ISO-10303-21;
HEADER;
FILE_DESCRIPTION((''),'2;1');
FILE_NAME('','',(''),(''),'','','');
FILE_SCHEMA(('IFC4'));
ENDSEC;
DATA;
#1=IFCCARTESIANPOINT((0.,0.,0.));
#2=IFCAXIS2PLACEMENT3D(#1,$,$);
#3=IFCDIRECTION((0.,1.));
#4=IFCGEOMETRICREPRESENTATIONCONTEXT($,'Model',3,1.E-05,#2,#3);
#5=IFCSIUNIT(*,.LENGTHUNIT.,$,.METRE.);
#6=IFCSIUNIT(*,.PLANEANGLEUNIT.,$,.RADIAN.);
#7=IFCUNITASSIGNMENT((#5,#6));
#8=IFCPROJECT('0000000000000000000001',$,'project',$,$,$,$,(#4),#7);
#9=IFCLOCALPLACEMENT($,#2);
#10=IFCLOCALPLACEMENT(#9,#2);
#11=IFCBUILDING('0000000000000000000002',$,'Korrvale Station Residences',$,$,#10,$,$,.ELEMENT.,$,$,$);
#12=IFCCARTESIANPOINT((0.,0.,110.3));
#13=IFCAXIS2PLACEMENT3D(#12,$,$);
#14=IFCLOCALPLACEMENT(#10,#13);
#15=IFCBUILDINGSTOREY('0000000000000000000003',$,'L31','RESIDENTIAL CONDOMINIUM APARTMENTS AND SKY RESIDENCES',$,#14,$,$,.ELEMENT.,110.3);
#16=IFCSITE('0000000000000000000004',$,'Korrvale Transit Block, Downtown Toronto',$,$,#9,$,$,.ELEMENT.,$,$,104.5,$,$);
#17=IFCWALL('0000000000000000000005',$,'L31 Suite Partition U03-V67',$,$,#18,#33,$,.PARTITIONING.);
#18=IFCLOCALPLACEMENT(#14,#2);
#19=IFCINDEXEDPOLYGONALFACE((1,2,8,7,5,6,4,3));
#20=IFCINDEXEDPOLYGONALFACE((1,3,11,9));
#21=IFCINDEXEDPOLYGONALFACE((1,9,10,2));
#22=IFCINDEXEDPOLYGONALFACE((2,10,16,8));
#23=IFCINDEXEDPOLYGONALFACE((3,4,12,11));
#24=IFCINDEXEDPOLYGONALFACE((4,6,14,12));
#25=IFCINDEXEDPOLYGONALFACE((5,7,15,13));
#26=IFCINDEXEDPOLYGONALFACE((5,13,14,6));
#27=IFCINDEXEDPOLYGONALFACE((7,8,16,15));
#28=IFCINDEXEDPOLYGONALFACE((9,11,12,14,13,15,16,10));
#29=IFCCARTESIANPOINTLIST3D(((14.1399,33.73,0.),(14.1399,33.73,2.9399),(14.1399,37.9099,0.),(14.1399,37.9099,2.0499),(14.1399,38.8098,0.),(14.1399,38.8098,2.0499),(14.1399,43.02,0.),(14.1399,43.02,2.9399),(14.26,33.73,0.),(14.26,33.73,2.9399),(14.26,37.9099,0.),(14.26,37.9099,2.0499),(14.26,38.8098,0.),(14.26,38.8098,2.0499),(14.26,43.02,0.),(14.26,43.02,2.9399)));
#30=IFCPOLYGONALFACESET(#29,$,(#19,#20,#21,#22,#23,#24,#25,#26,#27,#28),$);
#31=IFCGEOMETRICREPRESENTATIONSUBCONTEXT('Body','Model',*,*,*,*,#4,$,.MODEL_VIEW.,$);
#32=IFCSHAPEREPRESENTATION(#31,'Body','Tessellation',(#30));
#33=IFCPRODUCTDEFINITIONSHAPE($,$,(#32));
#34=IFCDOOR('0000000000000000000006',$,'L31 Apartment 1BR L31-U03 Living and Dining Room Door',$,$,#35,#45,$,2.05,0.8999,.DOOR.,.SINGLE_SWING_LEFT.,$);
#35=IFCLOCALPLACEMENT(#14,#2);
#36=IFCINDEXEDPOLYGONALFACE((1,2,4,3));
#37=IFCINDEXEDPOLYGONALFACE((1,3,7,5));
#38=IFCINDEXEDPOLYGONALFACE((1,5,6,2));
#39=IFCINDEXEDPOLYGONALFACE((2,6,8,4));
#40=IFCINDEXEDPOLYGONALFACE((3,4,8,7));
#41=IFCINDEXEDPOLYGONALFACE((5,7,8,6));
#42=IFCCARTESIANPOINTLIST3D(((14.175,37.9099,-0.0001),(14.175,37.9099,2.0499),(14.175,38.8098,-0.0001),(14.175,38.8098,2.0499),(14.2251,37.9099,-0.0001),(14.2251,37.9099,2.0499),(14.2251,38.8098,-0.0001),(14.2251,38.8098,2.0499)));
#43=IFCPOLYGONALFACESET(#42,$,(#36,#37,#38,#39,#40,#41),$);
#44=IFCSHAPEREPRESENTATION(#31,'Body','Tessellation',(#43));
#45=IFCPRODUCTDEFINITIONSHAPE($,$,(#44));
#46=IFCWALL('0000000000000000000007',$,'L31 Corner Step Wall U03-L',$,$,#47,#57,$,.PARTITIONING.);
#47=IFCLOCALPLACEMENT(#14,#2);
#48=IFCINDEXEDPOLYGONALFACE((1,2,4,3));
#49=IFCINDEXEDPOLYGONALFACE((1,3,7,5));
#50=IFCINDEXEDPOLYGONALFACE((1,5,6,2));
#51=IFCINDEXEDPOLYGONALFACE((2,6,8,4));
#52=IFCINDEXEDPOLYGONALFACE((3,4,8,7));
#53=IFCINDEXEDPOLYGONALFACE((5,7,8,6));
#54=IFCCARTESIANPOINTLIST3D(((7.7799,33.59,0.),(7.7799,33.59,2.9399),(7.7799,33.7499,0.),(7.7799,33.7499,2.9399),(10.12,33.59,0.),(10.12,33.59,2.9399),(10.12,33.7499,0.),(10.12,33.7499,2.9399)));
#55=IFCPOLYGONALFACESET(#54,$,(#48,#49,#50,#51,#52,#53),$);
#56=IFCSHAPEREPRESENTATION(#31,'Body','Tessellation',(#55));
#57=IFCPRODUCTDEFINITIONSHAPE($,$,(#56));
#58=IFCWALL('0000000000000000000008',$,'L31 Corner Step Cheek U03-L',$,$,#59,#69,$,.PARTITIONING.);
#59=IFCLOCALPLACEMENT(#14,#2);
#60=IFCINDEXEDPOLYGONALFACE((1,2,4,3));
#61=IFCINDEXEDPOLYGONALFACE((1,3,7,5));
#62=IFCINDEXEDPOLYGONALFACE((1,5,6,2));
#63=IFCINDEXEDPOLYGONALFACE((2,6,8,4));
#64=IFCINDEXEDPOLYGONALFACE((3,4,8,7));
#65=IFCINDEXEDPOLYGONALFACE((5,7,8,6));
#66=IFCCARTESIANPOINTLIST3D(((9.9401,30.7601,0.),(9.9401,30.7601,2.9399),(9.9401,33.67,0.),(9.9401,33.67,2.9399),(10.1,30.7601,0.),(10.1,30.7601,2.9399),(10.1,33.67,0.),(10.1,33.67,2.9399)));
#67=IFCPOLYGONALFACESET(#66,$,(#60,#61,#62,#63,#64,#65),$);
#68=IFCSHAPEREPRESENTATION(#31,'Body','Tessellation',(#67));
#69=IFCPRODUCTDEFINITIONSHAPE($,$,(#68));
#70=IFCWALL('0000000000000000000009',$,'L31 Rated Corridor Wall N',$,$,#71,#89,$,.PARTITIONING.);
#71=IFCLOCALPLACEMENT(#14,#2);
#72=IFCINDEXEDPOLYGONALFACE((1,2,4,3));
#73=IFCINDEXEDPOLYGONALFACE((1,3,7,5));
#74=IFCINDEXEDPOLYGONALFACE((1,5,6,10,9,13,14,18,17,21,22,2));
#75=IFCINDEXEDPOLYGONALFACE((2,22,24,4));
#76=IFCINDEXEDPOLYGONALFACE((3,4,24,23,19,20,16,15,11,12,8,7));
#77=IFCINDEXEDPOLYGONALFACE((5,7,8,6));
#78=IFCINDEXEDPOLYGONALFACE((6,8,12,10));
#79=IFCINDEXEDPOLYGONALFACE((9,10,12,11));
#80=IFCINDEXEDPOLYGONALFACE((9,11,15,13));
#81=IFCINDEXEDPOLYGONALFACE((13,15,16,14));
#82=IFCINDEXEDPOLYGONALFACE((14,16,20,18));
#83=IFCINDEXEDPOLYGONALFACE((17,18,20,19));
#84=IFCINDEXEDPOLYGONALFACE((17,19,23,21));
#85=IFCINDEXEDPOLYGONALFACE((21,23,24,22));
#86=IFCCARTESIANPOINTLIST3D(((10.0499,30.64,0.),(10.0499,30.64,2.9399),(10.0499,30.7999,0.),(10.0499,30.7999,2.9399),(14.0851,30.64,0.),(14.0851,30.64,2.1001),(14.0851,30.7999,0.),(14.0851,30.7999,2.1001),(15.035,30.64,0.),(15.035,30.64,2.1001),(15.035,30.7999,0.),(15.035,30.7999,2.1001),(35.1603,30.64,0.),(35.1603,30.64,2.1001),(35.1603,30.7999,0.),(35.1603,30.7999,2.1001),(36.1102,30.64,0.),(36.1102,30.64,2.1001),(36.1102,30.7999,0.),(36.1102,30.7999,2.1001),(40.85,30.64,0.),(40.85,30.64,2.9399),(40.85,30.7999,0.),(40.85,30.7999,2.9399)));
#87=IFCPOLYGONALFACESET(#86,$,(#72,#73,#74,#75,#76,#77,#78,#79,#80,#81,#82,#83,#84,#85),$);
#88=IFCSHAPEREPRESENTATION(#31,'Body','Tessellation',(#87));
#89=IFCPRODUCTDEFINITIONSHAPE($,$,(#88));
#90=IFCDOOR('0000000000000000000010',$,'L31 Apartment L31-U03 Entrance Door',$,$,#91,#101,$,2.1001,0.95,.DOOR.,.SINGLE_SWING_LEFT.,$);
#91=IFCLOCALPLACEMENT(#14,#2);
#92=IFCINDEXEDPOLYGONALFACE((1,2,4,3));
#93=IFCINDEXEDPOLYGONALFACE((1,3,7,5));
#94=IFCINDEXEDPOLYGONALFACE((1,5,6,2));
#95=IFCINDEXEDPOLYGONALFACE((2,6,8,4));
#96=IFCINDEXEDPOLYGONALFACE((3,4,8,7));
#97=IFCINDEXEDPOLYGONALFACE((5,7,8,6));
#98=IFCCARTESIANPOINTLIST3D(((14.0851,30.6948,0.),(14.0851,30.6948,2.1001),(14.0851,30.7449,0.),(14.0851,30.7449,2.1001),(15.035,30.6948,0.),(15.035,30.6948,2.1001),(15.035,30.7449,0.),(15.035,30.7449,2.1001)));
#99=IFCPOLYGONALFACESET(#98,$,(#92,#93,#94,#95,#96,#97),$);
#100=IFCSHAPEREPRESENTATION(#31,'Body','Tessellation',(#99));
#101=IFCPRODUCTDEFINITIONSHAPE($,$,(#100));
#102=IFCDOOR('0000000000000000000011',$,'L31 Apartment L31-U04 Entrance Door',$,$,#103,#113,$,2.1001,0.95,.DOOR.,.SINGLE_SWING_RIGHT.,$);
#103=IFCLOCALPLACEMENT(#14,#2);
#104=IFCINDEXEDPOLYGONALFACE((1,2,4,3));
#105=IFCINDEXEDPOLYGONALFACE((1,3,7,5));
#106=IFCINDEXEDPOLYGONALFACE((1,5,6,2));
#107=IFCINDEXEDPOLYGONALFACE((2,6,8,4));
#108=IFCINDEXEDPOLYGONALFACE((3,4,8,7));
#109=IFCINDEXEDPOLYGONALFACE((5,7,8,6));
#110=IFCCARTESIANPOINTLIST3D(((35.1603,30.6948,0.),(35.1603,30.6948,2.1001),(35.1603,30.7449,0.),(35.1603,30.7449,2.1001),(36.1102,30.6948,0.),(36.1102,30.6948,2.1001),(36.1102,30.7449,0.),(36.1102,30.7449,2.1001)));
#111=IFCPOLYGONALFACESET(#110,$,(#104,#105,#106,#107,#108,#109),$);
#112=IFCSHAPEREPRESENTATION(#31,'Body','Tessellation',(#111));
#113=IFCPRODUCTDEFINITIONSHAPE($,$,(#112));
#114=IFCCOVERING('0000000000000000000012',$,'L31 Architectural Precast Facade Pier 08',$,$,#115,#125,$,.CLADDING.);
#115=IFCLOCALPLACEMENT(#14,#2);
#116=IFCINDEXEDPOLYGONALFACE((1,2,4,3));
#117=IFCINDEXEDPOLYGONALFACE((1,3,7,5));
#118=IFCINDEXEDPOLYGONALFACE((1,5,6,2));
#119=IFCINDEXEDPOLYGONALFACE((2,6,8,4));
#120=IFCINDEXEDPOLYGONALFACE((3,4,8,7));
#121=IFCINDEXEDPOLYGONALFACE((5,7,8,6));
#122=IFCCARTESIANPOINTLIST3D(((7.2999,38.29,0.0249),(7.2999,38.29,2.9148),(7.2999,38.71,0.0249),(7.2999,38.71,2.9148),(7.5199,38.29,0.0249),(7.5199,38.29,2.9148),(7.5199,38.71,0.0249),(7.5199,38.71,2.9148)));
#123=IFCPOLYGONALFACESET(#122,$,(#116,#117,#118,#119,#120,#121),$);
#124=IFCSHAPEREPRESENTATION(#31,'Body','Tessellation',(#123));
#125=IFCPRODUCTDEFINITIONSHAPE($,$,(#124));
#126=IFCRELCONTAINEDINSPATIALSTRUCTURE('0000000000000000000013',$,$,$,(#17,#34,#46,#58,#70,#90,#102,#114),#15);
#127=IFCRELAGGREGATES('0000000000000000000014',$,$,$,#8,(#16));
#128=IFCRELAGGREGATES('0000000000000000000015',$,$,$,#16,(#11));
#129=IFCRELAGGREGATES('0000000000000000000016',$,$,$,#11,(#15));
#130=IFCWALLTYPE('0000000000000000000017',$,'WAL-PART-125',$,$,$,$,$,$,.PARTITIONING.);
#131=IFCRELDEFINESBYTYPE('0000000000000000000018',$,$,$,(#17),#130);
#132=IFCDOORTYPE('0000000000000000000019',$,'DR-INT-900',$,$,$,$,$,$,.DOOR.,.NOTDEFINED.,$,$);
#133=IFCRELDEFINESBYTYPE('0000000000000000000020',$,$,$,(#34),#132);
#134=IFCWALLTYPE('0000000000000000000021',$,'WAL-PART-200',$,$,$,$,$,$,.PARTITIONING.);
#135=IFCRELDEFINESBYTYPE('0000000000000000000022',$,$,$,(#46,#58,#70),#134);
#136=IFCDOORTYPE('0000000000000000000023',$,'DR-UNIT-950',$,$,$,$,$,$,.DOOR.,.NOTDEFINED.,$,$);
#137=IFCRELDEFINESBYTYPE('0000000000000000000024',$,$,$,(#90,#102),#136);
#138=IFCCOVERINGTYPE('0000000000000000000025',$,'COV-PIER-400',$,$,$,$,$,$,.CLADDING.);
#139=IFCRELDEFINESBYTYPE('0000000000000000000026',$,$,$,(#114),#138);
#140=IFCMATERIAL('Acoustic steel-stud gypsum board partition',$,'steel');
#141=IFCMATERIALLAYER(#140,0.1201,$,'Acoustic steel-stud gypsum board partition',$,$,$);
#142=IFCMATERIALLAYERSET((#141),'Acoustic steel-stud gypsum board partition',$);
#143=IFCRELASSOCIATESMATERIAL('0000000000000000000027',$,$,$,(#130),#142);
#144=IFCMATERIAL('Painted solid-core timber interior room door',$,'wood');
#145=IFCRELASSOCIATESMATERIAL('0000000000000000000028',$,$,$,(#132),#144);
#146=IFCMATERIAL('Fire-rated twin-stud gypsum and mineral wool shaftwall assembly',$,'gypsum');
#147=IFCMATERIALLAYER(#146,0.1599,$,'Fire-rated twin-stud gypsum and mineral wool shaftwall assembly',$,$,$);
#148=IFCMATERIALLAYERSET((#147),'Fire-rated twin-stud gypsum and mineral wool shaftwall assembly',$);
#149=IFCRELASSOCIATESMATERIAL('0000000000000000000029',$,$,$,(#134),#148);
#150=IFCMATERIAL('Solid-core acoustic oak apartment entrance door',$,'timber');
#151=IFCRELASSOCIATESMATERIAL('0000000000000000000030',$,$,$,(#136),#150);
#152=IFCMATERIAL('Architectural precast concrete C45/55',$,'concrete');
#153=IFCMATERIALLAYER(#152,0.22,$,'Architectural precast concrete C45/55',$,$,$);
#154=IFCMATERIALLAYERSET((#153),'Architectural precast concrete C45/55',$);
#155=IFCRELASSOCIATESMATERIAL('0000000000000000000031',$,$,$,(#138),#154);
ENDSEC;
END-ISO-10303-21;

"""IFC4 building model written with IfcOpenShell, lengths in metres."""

from ifc_helpers import new_model, si_unit, direction, frame, frame_2d, origin, origin_2d, place, context, subcontext, project, spatial, rectangle, extrude, material, layer, layer_set, type_object, element, fill, save


model = new_model("IFC4")

# Units and contexts
model_context = context("Model", 3, precision=1e-05, world=origin(), true_north=direction((0.0, 1.0)))
body_context = subcontext(model_context, "Body", "Model", "MODEL_VIEW")
ifc_project = project(units=[si_unit("LENGTHUNIT", "METRE"), si_unit("PLANEANGLEUNIT", "RADIAN")], contexts=[model_context])

# Site, building, storey
site_placement = place(None, origin())
site = spatial("IfcSite", under=ifc_project, at=site_placement, Name="Korrvale Transit Block, Downtown Toronto", CompositionType="ELEMENT", RefElevation=104.5)
building_placement = place(site_placement, origin())
building = spatial("IfcBuilding", under=site, at=building_placement, Name="Korrvale Station Residences", CompositionType="ELEMENT")
storey_placement = place(building_placement, frame((0.0, 0.0, 110.3)))
storey = spatial("IfcBuildingStorey", under=building, at=storey_placement, Name="L31", Description="RESIDENTIAL CONDOMINIUM APARTMENTS AND SKY RESIDENCES", CompositionType="ELEMENT", Elevation=110.3)

# Shared definitions
ifc_material_1 = material(Name="Acoustic steel-stud gypsum board partition", Category="steel")
ifc_layer_1 = layer(ifc_material_1, 0.1201, Name="Acoustic steel-stud gypsum board partition")
ifc_layer_set_1 = layer_set([ifc_layer_1], Name="Acoustic steel-stud gypsum board partition")
wall_type_1 = type_object("IfcWallType", Name="WAL-PART-125", PredefinedType="PARTITIONING", material=ifc_layer_set_1)

# Wall, opening, door
ifc_material_2 = material(Name="Painted solid-core timber interior room door", Category="wood")
door_type_1 = type_object("IfcDoorType", Name="DR-INT-900", OperationType="NOTDEFINED", PredefinedType="DOOR", material=ifc_material_2)
wall_1_placement = place(storey_placement, frame((14.2, 33.73, 0.0), z_axis=(0.0, 0.0, 1.0), x_axis=(0.0, 1.0, 0.0)))
wall_1 = element("IfcWall", 1, at=wall_1_placement, inside=storey, type_object=wall_type_1, Name="L31 Suite Partition U03-V67", PredefinedType="PARTITIONING", context=body_context, shape_type="SweptSolid", body=[
    extrude(rectangle(XDim=9.29, YDim=0.1201, at=frame_2d((4.645, 0.0))), origin(), (0.0, 0.0, 1.0), 2.9399),
])
opening_1_placement = place(wall_1_placement, frame((4.1799, 0.0, 0.0)))
opening_1 = element("IfcOpeningElement", 2, at=opening_1_placement, cuts=wall_1, PredefinedType="OPENING", context=body_context, shape_type="SweptSolid", body=[
    extrude(rectangle(XDim=0.8999, YDim=2.05, at=frame_2d((0.45, 1.0249))), frame((0.0, 0.0701, 0.0), z_axis=(0.0, -1.0, 0.0), x_axis=(1.0, 0.0, 0.0)), (0.0, 0.0, 1.0), 0.1401),
])
door_1_placement = place(opening_1_placement, origin())
door_1 = element("IfcDoor", 3, at=door_1_placement, inside=storey, type_object=door_type_1, Name="L31 Apartment 1BR L31-U03 Living and Dining Room Door", OperationType="SINGLE_SWING_LEFT", OverallHeight=2.05, OverallWidth=0.8999, PredefinedType="DOOR", context=body_context, shape_type="SweptSolid", body=[
    extrude(rectangle(XDim=0.8999, YDim=2.05, at=frame_2d((0.45, 1.0249))), frame((0.0, 0.0249, 0.0), z_axis=(0.0, -1.0, 0.0), x_axis=(1.0, 0.0, 0.0)), (0.0, 0.0, 1.0), 0.05),
])
fill(opening_1, door_1)

# Walls
ifc_material_3 = material(Name="Fire-rated twin-stud gypsum and mineral wool shaftwall assembly", Category="gypsum")
ifc_layer_2 = layer(ifc_material_3, 0.1599, Name="Fire-rated twin-stud gypsum and mineral wool shaftwall assembly")
ifc_layer_set_2 = layer_set([ifc_layer_2], Name="Fire-rated twin-stud gypsum and mineral wool shaftwall assembly")
wall_type_2 = type_object("IfcWallType", Name="WAL-PART-200", PredefinedType="PARTITIONING", material=ifc_layer_set_2)
wall_2_placement = place(storey_placement, frame((7.78, 33.6699, 0.0), z_axis=(0.0, 0.0, 1.0), x_axis=(1.0, 0.0, 0.0)))
element("IfcWall", 4, at=wall_2_placement, inside=storey, type_object=wall_type_2, Name="L31 Corner Step Wall U03-L", PredefinedType="PARTITIONING", context=body_context, shape_type="SweptSolid", body=[
    extrude(rectangle(XDim=2.3401, YDim=0.1599, at=frame_2d((1.1699, 0.0))), origin(), (0.0, 0.0, 1.0), 2.9399),
])
wall_3_placement = place(storey_placement, frame((10.02, 30.76, 0.0), z_axis=(0.0, 0.0, 1.0), x_axis=(0.0, 1.0, 0.0)))
element("IfcWall", 5, at=wall_3_placement, inside=storey, type_object=wall_type_2, Name="L31 Corner Step Cheek U03-L", PredefinedType="PARTITIONING", context=body_context, shape_type="SweptSolid", body=[
    extrude(rectangle(XDim=2.9099, YDim=0.1599, at=frame_2d((1.4551, 0.0))), origin(), (0.0, 0.0, 1.0), 2.9399),
])

# Wall, openings, doors
wall_4_placement = place(storey_placement, frame((10.05, 30.72, 0.0), z_axis=(0.0, 0.0, 1.0), x_axis=(1.0, 0.0, 0.0)))
wall_4 = element("IfcWall", 6, at=wall_4_placement, inside=storey, type_object=wall_type_2, Name="L31 Rated Corridor Wall N", PredefinedType="PARTITIONING", context=body_context, shape_type="SweptSolid", body=[
    extrude(rectangle(XDim=30.8, YDim=0.1599, at=frame_2d((15.3999, 0.0))), origin(), (0.0, 0.0, 1.0), 2.9399),
])
opening_2_placement = place(wall_4_placement, frame((4.0349, 0.0, 0.0)))
opening_2 = element("IfcOpeningElement", 7, at=opening_2_placement, cuts=wall_4, PredefinedType="OPENING", context=body_context, shape_type="SweptSolid", body=[
    extrude(rectangle(XDim=0.95, YDim=2.1001, at=frame_2d((0.4751, 1.05))), frame((0.0, 0.0898, 0.0), z_axis=(0.0, -1.0, 0.0), x_axis=(1.0, 0.0, 0.0)), (0.0, 0.0, 1.0), 0.1799),
])
opening_3_placement = place(wall_4_placement, frame((25.1101, 0.0, 0.0)))
opening_3 = element("IfcOpeningElement", 8, at=opening_3_placement, cuts=wall_4, PredefinedType="OPENING", context=body_context, shape_type="SweptSolid", body=[
    extrude(rectangle(XDim=0.95, YDim=2.1001, at=frame_2d((0.4751, 1.05))), frame((0.0, 0.0898, 0.0), z_axis=(0.0, -1.0, 0.0), x_axis=(1.0, 0.0, 0.0)), (0.0, 0.0, 1.0), 0.1799),
])
ifc_material_4 = material(Name="Solid-core acoustic oak apartment entrance door", Category="timber")
door_type_2 = type_object("IfcDoorType", Name="DR-UNIT-950", OperationType="NOTDEFINED", PredefinedType="DOOR", material=ifc_material_4)
door_2_placement = place(opening_2_placement, origin())
door_2 = element("IfcDoor", 9, at=door_2_placement, inside=storey, type_object=door_type_2, Name="L31 Apartment L31-U03 Entrance Door", OperationType="SINGLE_SWING_LEFT", OverallHeight=2.1001, OverallWidth=0.95, PredefinedType="DOOR", context=body_context, shape_type="SweptSolid", body=[
    extrude(rectangle(XDim=0.95, YDim=2.1001, at=frame_2d((0.4751, 1.05))), frame((0.0, 0.0249, 0.0), z_axis=(0.0, -1.0, 0.0), x_axis=(1.0, 0.0, 0.0)), (0.0, 0.0, 1.0), 0.05),
])
fill(opening_2, door_2)
door_3_placement = place(opening_3_placement, origin())
door_3 = element("IfcDoor", 10, at=door_3_placement, inside=storey, type_object=door_type_2, Name="L31 Apartment L31-U04 Entrance Door", OperationType="SINGLE_SWING_RIGHT", OverallHeight=2.1001, OverallWidth=0.95, PredefinedType="DOOR", context=body_context, shape_type="SweptSolid", body=[
    extrude(rectangle(XDim=0.95, YDim=2.1001, at=frame_2d((0.4751, 1.05))), frame((0.0, 0.0249, 0.0), z_axis=(0.0, -1.0, 0.0), x_axis=(1.0, 0.0, 0.0)), (0.0, 0.0, 1.0), 0.05),
])
fill(opening_3, door_3)

# Covering
ifc_material_5 = material(Name="Architectural precast concrete C45/55", Category="concrete")
ifc_layer_3 = layer(ifc_material_5, 0.22, Name="Architectural precast concrete C45/55")
ifc_layer_set_3 = layer_set([ifc_layer_3], Name="Architectural precast concrete C45/55")
covering_type = type_object("IfcCoveringType", Name="COV-PIER-400", PredefinedType="CLADDING", material=ifc_layer_set_3)
covering_placement = place(storey_placement, frame((7.4099, 38.5, 0.0249), z_axis=(0.0, 0.0, 1.0), x_axis=(0.0, 1.0, 0.0)))
element("IfcCovering", 11, at=covering_placement, inside=storey, type_object=covering_type, Name="L31 Architectural Precast Facade Pier 08", PredefinedType="CLADDING", context=body_context, shape_type="SweptSolid", body=[
    extrude(rectangle(XDim=0.4199, YDim=0.22, at=origin_2d()), origin(), (0.0, 0.0, 1.0), 2.8899),
])

save(model, "model.ifc")
